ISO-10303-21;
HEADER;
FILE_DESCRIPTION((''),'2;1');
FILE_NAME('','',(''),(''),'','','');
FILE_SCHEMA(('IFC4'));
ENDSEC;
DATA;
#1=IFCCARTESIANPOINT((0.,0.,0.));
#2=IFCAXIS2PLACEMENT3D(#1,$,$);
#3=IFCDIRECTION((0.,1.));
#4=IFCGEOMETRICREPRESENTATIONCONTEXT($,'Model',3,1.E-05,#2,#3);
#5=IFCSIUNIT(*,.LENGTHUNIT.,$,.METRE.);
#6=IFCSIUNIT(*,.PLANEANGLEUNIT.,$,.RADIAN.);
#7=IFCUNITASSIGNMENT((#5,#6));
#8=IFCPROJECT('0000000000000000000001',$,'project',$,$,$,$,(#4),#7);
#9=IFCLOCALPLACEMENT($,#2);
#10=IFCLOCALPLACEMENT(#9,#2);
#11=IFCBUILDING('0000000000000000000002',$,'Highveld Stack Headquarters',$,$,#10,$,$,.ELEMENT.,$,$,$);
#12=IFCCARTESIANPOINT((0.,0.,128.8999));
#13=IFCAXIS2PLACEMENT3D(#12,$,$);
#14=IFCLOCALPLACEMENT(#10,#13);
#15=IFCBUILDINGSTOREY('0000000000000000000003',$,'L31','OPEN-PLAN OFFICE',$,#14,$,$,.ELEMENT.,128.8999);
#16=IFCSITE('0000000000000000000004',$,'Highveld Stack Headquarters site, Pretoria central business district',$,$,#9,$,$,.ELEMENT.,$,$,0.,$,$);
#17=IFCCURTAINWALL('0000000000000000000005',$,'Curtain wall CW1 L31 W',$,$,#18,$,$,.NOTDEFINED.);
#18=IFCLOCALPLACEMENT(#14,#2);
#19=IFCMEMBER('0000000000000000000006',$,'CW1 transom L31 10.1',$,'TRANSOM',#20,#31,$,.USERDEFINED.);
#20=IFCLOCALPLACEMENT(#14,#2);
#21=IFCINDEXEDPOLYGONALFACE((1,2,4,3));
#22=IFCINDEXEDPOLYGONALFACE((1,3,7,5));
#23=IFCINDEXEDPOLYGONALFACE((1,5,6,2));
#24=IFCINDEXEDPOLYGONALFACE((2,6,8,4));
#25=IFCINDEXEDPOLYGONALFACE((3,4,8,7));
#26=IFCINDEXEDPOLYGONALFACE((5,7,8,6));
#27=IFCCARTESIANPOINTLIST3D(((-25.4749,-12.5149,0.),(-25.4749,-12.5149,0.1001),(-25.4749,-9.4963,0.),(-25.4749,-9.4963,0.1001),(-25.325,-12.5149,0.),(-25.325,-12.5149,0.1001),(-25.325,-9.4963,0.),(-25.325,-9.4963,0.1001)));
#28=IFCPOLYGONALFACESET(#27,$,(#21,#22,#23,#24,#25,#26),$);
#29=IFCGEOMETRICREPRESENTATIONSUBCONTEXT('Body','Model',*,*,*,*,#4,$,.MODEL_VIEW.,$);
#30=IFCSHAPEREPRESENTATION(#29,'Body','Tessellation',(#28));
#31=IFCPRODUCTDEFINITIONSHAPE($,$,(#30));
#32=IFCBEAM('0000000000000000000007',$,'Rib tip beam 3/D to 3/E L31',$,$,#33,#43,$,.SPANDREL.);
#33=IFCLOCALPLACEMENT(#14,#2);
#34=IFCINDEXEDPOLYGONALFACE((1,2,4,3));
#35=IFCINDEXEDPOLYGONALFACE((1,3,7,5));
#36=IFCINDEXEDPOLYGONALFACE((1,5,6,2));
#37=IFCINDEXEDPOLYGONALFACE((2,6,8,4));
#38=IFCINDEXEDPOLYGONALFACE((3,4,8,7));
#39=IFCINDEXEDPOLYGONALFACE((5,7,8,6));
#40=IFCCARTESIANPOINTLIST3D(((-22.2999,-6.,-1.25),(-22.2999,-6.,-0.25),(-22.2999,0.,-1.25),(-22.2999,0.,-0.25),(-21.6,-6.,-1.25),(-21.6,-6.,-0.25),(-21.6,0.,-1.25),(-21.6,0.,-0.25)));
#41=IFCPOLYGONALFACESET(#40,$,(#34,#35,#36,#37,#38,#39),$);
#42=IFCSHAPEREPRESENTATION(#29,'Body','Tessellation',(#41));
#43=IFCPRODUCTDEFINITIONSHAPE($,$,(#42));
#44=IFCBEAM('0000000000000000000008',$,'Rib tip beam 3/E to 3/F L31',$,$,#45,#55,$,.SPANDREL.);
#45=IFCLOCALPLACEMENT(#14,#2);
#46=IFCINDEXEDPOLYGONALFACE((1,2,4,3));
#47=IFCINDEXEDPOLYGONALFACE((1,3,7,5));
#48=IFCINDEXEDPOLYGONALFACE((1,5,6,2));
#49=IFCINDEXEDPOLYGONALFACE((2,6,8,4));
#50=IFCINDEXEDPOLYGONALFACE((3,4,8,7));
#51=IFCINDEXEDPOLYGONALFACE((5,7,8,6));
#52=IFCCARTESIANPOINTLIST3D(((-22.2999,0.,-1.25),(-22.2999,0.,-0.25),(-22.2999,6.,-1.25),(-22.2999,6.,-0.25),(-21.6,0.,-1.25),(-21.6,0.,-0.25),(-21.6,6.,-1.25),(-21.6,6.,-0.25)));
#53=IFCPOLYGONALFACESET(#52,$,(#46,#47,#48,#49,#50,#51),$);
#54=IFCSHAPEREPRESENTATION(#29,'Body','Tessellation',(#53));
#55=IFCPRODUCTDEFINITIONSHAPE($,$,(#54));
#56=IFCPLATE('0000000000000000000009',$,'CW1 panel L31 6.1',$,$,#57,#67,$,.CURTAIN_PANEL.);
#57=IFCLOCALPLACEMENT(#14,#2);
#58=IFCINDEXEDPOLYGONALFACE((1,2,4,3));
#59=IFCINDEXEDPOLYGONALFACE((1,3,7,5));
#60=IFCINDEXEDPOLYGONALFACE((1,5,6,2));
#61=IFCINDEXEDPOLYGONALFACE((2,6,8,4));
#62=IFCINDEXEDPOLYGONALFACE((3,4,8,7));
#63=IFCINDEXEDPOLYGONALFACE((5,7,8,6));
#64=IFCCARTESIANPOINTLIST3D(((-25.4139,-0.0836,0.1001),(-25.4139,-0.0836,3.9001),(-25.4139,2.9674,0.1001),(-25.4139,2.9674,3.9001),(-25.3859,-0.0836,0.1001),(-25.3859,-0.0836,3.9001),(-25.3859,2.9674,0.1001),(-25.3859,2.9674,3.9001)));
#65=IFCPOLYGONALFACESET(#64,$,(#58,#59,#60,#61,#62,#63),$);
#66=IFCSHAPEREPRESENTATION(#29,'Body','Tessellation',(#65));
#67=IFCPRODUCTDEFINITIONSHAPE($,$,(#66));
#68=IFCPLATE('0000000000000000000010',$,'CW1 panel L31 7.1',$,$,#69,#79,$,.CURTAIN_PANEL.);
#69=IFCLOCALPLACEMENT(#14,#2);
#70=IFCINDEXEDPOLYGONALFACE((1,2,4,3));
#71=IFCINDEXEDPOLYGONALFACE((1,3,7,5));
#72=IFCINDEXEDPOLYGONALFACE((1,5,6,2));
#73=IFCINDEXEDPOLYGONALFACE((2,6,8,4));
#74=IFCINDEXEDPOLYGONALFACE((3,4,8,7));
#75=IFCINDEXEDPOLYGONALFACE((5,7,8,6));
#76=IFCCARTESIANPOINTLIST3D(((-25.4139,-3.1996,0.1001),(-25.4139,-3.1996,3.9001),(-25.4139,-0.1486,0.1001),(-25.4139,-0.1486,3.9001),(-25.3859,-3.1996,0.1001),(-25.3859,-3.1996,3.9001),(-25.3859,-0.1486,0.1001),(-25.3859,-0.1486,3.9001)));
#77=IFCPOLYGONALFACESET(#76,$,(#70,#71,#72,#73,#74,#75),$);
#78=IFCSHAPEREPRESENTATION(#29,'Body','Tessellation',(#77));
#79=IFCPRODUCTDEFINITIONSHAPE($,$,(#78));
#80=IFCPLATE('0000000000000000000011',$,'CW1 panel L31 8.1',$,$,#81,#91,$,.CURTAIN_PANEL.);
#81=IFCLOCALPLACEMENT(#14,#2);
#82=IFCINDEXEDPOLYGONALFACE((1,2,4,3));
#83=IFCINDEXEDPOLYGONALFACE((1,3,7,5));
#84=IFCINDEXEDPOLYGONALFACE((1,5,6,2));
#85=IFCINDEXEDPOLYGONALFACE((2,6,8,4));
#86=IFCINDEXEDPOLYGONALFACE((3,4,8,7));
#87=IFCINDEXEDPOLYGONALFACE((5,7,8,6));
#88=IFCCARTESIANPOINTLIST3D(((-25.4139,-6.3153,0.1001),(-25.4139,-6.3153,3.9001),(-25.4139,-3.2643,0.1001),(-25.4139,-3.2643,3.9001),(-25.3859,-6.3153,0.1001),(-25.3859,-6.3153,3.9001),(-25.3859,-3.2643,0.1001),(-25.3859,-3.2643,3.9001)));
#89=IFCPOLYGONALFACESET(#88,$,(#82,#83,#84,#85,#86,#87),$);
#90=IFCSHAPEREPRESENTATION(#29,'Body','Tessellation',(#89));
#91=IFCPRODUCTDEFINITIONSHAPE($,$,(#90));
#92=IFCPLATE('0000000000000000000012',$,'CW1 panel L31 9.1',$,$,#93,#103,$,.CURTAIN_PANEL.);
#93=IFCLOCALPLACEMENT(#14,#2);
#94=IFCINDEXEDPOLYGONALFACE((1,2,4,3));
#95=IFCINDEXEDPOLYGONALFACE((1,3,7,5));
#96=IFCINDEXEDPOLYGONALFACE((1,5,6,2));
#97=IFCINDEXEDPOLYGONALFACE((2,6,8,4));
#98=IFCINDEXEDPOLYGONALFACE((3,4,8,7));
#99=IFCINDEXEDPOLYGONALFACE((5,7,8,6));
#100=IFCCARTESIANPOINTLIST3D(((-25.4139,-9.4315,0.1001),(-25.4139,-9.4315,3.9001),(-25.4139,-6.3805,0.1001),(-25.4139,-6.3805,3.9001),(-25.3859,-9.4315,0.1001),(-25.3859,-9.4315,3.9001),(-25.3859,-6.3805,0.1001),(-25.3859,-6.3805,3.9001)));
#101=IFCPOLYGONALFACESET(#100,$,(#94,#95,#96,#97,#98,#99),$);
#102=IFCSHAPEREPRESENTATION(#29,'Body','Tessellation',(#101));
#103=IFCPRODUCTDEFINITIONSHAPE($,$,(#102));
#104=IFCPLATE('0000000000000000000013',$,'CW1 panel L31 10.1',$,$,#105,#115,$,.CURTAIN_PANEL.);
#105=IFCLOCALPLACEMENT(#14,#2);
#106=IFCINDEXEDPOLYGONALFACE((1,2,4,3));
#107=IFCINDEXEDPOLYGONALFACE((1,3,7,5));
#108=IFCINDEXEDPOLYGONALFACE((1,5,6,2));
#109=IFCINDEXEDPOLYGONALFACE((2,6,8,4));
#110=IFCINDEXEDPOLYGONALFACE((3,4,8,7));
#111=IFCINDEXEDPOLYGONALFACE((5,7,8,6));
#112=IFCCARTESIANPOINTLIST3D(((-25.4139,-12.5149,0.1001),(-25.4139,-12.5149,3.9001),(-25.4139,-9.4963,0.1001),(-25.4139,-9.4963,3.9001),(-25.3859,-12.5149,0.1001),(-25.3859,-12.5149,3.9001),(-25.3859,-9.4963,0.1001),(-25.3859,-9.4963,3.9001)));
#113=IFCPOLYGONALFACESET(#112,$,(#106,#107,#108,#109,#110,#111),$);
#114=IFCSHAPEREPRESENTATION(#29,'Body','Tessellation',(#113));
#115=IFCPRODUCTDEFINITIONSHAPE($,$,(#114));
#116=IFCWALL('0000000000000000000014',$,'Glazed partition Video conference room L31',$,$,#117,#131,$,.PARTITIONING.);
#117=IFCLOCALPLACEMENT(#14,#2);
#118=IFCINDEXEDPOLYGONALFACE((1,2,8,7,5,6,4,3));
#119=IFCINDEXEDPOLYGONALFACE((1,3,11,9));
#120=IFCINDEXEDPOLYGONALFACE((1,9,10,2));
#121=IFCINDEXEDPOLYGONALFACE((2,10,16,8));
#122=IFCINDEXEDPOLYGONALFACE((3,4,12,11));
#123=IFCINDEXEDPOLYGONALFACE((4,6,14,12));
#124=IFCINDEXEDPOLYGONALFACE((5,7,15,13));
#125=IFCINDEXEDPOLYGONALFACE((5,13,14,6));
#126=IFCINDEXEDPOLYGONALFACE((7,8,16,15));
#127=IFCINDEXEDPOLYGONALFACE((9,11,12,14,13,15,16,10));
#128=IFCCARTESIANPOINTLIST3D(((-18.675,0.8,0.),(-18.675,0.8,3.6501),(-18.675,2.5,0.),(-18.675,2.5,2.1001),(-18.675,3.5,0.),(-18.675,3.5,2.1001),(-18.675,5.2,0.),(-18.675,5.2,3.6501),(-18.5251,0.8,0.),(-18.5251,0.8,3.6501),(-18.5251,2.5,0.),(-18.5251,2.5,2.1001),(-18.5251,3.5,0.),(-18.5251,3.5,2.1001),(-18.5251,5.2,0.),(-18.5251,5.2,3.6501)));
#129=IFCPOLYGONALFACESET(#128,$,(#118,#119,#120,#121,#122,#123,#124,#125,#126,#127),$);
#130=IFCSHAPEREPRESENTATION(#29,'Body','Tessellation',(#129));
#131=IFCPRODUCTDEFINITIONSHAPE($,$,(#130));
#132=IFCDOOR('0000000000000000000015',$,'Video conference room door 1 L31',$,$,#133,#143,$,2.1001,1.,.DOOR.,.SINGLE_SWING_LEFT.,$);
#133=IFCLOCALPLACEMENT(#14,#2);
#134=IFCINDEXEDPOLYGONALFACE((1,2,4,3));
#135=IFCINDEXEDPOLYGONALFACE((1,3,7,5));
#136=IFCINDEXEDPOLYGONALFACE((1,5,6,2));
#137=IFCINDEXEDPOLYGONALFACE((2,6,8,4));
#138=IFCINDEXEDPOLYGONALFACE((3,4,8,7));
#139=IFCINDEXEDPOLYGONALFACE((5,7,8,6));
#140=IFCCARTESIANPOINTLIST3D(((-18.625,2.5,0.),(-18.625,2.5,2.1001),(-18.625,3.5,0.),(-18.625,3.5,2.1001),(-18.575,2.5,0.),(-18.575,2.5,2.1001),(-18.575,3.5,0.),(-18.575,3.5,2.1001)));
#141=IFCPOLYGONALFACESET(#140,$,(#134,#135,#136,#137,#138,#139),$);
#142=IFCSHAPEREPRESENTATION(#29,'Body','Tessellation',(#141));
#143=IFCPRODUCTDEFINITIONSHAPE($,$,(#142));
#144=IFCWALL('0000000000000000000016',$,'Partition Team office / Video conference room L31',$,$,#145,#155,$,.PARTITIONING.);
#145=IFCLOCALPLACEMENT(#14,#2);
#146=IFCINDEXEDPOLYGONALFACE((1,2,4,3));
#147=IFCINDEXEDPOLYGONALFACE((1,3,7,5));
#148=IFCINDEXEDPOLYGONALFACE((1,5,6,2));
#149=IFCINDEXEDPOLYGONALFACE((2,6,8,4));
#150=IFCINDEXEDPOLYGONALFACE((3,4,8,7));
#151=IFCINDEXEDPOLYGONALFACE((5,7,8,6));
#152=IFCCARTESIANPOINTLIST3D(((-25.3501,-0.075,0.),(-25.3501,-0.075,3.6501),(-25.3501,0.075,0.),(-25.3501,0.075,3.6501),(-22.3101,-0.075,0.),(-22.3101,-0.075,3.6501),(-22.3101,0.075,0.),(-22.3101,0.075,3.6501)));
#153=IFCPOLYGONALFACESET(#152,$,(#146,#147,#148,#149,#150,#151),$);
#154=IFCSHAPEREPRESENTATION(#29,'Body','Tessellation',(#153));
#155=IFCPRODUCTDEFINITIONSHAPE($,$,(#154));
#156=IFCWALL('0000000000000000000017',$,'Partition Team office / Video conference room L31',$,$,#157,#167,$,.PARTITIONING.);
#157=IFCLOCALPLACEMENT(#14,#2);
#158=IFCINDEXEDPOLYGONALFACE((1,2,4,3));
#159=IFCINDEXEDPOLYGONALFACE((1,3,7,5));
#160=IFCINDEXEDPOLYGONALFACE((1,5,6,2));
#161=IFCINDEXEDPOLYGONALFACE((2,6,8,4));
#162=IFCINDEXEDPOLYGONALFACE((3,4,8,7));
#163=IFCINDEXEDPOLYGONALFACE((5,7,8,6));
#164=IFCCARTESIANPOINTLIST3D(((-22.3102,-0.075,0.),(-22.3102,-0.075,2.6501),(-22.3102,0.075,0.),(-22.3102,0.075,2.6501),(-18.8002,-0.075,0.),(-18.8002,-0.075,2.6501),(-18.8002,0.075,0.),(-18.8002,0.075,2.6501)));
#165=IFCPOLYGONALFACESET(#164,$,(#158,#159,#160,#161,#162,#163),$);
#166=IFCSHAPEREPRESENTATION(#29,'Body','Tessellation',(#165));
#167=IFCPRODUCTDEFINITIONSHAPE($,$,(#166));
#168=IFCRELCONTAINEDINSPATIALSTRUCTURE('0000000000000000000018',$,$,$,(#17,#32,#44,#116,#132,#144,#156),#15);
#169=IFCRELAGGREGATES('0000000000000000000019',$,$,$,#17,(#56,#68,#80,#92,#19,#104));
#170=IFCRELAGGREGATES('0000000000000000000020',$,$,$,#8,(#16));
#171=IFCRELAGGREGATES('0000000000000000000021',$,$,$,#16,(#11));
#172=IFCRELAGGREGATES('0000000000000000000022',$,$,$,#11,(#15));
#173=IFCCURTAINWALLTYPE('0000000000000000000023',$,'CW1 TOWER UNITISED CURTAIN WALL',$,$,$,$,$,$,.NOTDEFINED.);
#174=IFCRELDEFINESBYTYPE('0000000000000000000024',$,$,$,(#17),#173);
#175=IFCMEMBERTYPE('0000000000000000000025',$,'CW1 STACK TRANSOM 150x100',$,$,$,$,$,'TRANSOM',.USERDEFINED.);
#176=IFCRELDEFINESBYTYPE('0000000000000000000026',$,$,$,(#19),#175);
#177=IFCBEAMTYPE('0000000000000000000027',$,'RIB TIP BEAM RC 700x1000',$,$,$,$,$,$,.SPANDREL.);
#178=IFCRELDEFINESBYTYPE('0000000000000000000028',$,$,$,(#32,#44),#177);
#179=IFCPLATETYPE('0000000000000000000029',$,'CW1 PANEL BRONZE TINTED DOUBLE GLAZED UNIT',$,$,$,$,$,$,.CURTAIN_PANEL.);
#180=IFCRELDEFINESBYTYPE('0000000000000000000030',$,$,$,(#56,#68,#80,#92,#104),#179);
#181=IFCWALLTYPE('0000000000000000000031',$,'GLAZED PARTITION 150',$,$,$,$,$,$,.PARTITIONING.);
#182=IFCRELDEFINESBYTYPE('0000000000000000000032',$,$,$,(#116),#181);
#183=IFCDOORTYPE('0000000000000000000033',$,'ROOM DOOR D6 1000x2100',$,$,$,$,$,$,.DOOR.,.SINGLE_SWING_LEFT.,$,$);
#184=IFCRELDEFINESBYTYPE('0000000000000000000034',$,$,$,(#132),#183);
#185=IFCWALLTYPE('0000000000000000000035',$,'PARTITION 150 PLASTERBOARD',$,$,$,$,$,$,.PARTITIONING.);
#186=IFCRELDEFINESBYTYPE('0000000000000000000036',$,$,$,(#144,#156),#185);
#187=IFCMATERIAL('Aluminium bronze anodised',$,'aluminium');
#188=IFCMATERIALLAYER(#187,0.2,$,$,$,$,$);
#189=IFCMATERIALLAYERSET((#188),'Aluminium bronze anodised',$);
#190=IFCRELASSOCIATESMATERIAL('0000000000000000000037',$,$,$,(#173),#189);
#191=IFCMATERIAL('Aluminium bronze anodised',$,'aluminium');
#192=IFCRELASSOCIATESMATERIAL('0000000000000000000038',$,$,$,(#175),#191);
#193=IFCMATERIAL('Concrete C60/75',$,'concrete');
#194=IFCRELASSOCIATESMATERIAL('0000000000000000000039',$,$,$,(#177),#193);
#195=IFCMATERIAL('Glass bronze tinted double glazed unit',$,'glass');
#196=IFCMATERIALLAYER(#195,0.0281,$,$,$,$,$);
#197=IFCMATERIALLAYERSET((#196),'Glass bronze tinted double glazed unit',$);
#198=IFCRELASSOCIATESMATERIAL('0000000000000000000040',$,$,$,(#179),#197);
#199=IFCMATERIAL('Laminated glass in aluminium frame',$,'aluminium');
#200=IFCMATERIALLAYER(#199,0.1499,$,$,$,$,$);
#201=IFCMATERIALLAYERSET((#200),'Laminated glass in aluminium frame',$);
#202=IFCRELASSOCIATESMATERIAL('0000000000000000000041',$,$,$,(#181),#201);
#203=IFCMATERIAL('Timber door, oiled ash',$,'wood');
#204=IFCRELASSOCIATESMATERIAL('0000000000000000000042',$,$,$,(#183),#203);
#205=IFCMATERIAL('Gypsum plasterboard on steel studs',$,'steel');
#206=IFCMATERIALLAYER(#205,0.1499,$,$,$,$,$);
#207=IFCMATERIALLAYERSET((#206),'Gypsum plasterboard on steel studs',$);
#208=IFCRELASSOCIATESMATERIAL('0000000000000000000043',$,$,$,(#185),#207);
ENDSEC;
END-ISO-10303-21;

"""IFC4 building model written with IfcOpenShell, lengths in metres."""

from ifc_helpers import new_model, si_unit, direction, frame, frame_2d, origin, origin_2d, place, context, subcontext, project, spatial, rectangle, extrude, material, layer, layer_set, material_profile, profile_set, type_object, element, fill, aggregate, save


model = new_model("IFC4")

# Units and contexts
model_context = context("Model", 3, precision=1e-05, world=origin(), true_north=direction((0.0, 1.0)))
body_context = subcontext(model_context, "Body", "Model", "MODEL_VIEW")
ifc_project = project(units=[si_unit("LENGTHUNIT", "METRE"), si_unit("PLANEANGLEUNIT", "RADIAN")], contexts=[model_context])

# Site, building, storey
site_placement = place(None, origin())
site = spatial("IfcSite", under=ifc_project, at=site_placement, Name="Highveld Stack Headquarters site, Pretoria central business district", CompositionType="ELEMENT", RefElevation=0.0)
building_placement = place(site_placement, origin())
building = spatial("IfcBuilding", under=site, at=building_placement, Name="Highveld Stack Headquarters", CompositionType="ELEMENT")
storey_placement = place(building_placement, frame((0.0, 0.0, 128.8999)))
storey = spatial("IfcBuildingStorey", under=building, at=storey_placement, Name="L31", Description="OPEN-PLAN OFFICE", CompositionType="ELEMENT", Elevation=128.8999)

# Curtain wall, member
ifc_material_1 = material(Name="Aluminium bronze anodised", Category="aluminium")
ifc_layer_1 = layer(ifc_material_1, 0.2)
ifc_layer_set_1 = layer_set([ifc_layer_1], Name="Aluminium bronze anodised")
curtain_wall_type = type_object("IfcCurtainWallType", Name="CW1 TOWER UNITISED CURTAIN WALL", PredefinedType="NOTDEFINED", material=ifc_layer_set_1)
curtain_wall_placement = place(storey_placement, origin())
curtain_wall = element("IfcCurtainWall", 1, at=curtain_wall_placement, inside=storey, type_object=curtain_wall_type, Name="Curtain wall CW1 L31 W", PredefinedType="NOTDEFINED")
ifc_material_2 = material(Name="Aluminium bronze anodised", Category="aluminium")
ifc_material_profile_1 = material_profile(ifc_material_2, rectangle(XDim=0.1499, YDim=0.1001, at=origin_2d()), Name="CW1 TRANSOM 150x100")
ifc_profile_set_1 = profile_set([ifc_material_profile_1], Name="Aluminium bronze anodised")
member_type_1 = type_object("IfcMemberType", Name="CW1 STACK TRANSOM 150x100", ElementType="TRANSOM", PredefinedType="USERDEFINED", material=ifc_profile_set_1)
member_1_placement = place(storey_placement, frame((-25.3999, -9.4963, 0.05), z_axis=(0.0, -1.0, 0.0), x_axis=(1.0, 0.0, 0.0)))
member_1 = element("IfcMember", 2, at=member_1_placement, type_object=member_type_1, Name="CW1 transom L31 10.1", ObjectType="TRANSOM", PredefinedType="USERDEFINED", context=body_context, shape_type="SweptSolid", body=[
    extrude(rectangle(XDim=0.1499, YDim=0.1001, at=origin_2d()), origin(), (0.0, 0.0, 1.0), 3.0186),
])

# Beams
ifc_material_3 = material(Name="Concrete C60/75", Category="concrete")
ifc_material_profile_2 = material_profile(ifc_material_3, rectangle(XDim=0.7, YDim=1.0, at=origin_2d()), Name="RC 700x1000")
ifc_profile_set_2 = profile_set([ifc_material_profile_2], Name="Concrete C60/75")
beam_type = type_object("IfcBeamType", Name="RIB TIP BEAM RC 700x1000", PredefinedType="SPANDREL", material=ifc_profile_set_2)
for number, where, z_axis, x_axis, name in (
    (3, (-21.95, -6.0, -0.75), (0.0, 1.0, 0.0), (-1.0, 0.0, 0.0), "Rib tip beam 3/D to 3/E L31"),
    (4, (-21.95, 0.0, -0.75), (0.0, 1.0, 0.0), (-1.0, 0.0, 0.0), "Rib tip beam 3/E to 3/F L31"),
):
    element("IfcBeam", number, at=place(storey_placement, frame(where, z_axis=z_axis, x_axis=x_axis)), inside=storey, type_object=beam_type, Name=name, PredefinedType="SPANDREL", context=body_context, shape_type="SweptSolid", body=[
        extrude(rectangle(XDim=0.7, YDim=1.0, at=origin_2d()), origin(), (0.0, 0.0, 1.0), 6.0),
    ])

# Plates
ifc_material_4 = material(Name="Glass bronze tinted double glazed unit", Category="glass")
ifc_layer_2 = layer(ifc_material_4, 0.0281)
ifc_layer_set_2 = layer_set([ifc_layer_2], Name="Glass bronze tinted double glazed unit")
plate_type = type_object("IfcPlateType", Name="CW1 PANEL BRONZE TINTED DOUBLE GLAZED UNIT", PredefinedType="CURTAIN_PANEL", material=ifc_layer_set_2)
plate_1_placement = place(storey_placement, frame((-25.3999, 1.4419, 0.1001), z_axis=(0.0, 0.0, 1.0), x_axis=(0.0, -1.0, 0.0)))
plate_1 = element("IfcPlate", 5, at=plate_1_placement, type_object=plate_type, Name="CW1 panel L31 6.1", PredefinedType="CURTAIN_PANEL", context=body_context, shape_type="SweptSolid", body=[
    extrude(rectangle(XDim=3.051, YDim=0.0281, at=origin_2d()), origin(), (0.0, 0.0, 1.0), 3.8),
])
plate_2_placement = place(storey_placement, frame((-25.3999, -1.6741, 0.1001), z_axis=(0.0, 0.0, 1.0), x_axis=(0.0, -1.0, 0.0)))
plate_2 = element("IfcPlate", 6, at=plate_2_placement, type_object=plate_type, Name="CW1 panel L31 7.1", PredefinedType="CURTAIN_PANEL", context=body_context, shape_type="SweptSolid", body=[
    extrude(rectangle(XDim=3.051, YDim=0.0281, at=origin_2d()), origin(), (0.0, 0.0, 1.0), 3.8),
])
plate_3_placement = place(storey_placement, frame((-25.3999, -4.7898, 0.1001), z_axis=(0.0, 0.0, 1.0), x_axis=(0.0, -1.0, 0.0)))
plate_3 = element("IfcPlate", 7, at=plate_3_placement, type_object=plate_type, Name="CW1 panel L31 8.1", PredefinedType="CURTAIN_PANEL", context=body_context, shape_type="SweptSolid", body=[
    extrude(rectangle(XDim=3.051, YDim=0.0281, at=origin_2d()), origin(), (0.0, 0.0, 1.0), 3.8),
])
plate_4_placement = place(storey_placement, frame((-25.3999, -7.906, 0.1001), z_axis=(0.0, 0.0, 1.0), x_axis=(0.0, -1.0, 0.0)))
plate_4 = element("IfcPlate", 8, at=plate_4_placement, type_object=plate_type, Name="CW1 panel L31 9.1", PredefinedType="CURTAIN_PANEL", context=body_context, shape_type="SweptSolid", body=[
    extrude(rectangle(XDim=3.051, YDim=0.0281, at=origin_2d()), origin(), (0.0, 0.0, 1.0), 3.8),
])
plate_5_placement = place(storey_placement, frame((-25.3999, -11.0056, 0.1001), z_axis=(0.0, 0.0, 1.0), x_axis=(0.0, -1.0, 0.0)))
plate_5 = element("IfcPlate", 9, at=plate_5_placement, type_object=plate_type, Name="CW1 panel L31 10.1", PredefinedType="CURTAIN_PANEL", context=body_context, shape_type="SweptSolid", body=[
    extrude(rectangle(XDim=3.0186, YDim=0.0281, at=origin_2d()), origin(), (0.0, 0.0, 1.0), 3.8),
])
aggregate(curtain_wall, [plate_1, plate_2, plate_3, plate_4, member_1, plate_5])

# Wall, opening, door
ifc_material_5 = material(Name="Laminated glass in aluminium frame", Category="aluminium")
ifc_layer_3 = layer(ifc_material_5, 0.1499)
ifc_layer_set_3 = layer_set([ifc_layer_3], Name="Laminated glass in aluminium frame")
wall_type_1 = type_object("IfcWallType", Name="GLAZED PARTITION 150", PredefinedType="PARTITIONING", material=ifc_layer_set_3)
wall_1_placement = place(storey_placement, frame((-18.6001, 0.8, 0.0), z_axis=(0.0, 0.0, 1.0), x_axis=(0.0, 1.0, 0.0)))
wall_1 = element("IfcWall", 10, at=wall_1_placement, inside=storey, type_object=wall_type_1, Name="Glazed partition Video conference room L31", PredefinedType="PARTITIONING", context=body_context, shape_type="SweptSolid", body=[
    extrude(rectangle(XDim=4.3999, YDim=0.1499, at=frame_2d((2.2, 0.0))), origin(), (0.0, 0.0, 1.0), 3.6501),
])
opening_placement = place(wall_1_placement, frame((1.7, 0.0, 0.0)))
opening = element("IfcOpeningElement", 11, at=opening_placement, cuts=wall_1, PredefinedType="OPENING", context=body_context, shape_type="SweptSolid", body=[
    extrude(rectangle(XDim=1.0, YDim=2.1001, at=frame_2d((0.5, 1.05))), frame((0.0, 0.085, 0.0), z_axis=(0.0, -1.0, 0.0), x_axis=(1.0, 0.0, 0.0)), (0.0, 0.0, 1.0), 0.1699),
])
ifc_material_6 = material(Name="Timber door, oiled ash", Category="wood")
door_type = type_object("IfcDoorType", Name="ROOM DOOR D6 1000x2100", OperationType="SINGLE_SWING_LEFT", PredefinedType="DOOR", material=ifc_material_6)
door_placement = place(opening_placement, origin())
door = element("IfcDoor", 12, at=door_placement, inside=storey, type_object=door_type, Name="Video conference room door 1 L31", OperationType="SINGLE_SWING_LEFT", OverallHeight=2.1001, OverallWidth=1.0, PredefinedType="DOOR", context=body_context, shape_type="SweptSolid", body=[
    extrude(rectangle(XDim=1.0, YDim=2.1001, at=frame_2d((0.5, 1.05))), frame((0.0, 0.0249, 0.0), z_axis=(0.0, -1.0, 0.0), x_axis=(1.0, 0.0, 0.0)), (0.0, 0.0, 1.0), 0.05),
])
fill(opening, door)

# Walls
ifc_material_7 = material(Name="Gypsum plasterboard on steel studs", Category="steel")
ifc_layer_4 = layer(ifc_material_7, 0.1499)
ifc_layer_set_4 = layer_set([ifc_layer_4], Name="Gypsum plasterboard on steel studs")
wall_type_2 = type_object("IfcWallType", Name="PARTITION 150 PLASTERBOARD", PredefinedType="PARTITIONING", material=ifc_layer_set_4)
wall_2_placement = place(storey_placement, frame((-25.3501, 0.0, 0.0), z_axis=(0.0, 0.0, 1.0), x_axis=(1.0, 0.0, 0.0)))
element("IfcWall", 13, at=wall_2_placement, inside=storey, type_object=wall_type_2, Name="Partition Team office / Video conference room L31", PredefinedType="PARTITIONING", context=body_context, shape_type="SweptSolid", body=[
    extrude(rectangle(XDim=3.04, YDim=0.1499, at=frame_2d((1.52, 0.0))), origin(), (0.0, 0.0, 1.0), 3.6501),
])
wall_3_placement = place(storey_placement, frame((-22.3101, 0.0, 0.0), z_axis=(0.0, 0.0, 1.0), x_axis=(1.0, 0.0, 0.0)))
element("IfcWall", 14, at=wall_3_placement, inside=storey, type_object=wall_type_2, Name="Partition Team office / Video conference room L31", PredefinedType="PARTITIONING", context=body_context, shape_type="SweptSolid", body=[
    extrude(rectangle(XDim=3.51, YDim=0.1499, at=frame_2d((1.7549, 0.0))), origin(), (0.0, 0.0, 1.0), 2.6501),
])

save(model, "model.ifc")
